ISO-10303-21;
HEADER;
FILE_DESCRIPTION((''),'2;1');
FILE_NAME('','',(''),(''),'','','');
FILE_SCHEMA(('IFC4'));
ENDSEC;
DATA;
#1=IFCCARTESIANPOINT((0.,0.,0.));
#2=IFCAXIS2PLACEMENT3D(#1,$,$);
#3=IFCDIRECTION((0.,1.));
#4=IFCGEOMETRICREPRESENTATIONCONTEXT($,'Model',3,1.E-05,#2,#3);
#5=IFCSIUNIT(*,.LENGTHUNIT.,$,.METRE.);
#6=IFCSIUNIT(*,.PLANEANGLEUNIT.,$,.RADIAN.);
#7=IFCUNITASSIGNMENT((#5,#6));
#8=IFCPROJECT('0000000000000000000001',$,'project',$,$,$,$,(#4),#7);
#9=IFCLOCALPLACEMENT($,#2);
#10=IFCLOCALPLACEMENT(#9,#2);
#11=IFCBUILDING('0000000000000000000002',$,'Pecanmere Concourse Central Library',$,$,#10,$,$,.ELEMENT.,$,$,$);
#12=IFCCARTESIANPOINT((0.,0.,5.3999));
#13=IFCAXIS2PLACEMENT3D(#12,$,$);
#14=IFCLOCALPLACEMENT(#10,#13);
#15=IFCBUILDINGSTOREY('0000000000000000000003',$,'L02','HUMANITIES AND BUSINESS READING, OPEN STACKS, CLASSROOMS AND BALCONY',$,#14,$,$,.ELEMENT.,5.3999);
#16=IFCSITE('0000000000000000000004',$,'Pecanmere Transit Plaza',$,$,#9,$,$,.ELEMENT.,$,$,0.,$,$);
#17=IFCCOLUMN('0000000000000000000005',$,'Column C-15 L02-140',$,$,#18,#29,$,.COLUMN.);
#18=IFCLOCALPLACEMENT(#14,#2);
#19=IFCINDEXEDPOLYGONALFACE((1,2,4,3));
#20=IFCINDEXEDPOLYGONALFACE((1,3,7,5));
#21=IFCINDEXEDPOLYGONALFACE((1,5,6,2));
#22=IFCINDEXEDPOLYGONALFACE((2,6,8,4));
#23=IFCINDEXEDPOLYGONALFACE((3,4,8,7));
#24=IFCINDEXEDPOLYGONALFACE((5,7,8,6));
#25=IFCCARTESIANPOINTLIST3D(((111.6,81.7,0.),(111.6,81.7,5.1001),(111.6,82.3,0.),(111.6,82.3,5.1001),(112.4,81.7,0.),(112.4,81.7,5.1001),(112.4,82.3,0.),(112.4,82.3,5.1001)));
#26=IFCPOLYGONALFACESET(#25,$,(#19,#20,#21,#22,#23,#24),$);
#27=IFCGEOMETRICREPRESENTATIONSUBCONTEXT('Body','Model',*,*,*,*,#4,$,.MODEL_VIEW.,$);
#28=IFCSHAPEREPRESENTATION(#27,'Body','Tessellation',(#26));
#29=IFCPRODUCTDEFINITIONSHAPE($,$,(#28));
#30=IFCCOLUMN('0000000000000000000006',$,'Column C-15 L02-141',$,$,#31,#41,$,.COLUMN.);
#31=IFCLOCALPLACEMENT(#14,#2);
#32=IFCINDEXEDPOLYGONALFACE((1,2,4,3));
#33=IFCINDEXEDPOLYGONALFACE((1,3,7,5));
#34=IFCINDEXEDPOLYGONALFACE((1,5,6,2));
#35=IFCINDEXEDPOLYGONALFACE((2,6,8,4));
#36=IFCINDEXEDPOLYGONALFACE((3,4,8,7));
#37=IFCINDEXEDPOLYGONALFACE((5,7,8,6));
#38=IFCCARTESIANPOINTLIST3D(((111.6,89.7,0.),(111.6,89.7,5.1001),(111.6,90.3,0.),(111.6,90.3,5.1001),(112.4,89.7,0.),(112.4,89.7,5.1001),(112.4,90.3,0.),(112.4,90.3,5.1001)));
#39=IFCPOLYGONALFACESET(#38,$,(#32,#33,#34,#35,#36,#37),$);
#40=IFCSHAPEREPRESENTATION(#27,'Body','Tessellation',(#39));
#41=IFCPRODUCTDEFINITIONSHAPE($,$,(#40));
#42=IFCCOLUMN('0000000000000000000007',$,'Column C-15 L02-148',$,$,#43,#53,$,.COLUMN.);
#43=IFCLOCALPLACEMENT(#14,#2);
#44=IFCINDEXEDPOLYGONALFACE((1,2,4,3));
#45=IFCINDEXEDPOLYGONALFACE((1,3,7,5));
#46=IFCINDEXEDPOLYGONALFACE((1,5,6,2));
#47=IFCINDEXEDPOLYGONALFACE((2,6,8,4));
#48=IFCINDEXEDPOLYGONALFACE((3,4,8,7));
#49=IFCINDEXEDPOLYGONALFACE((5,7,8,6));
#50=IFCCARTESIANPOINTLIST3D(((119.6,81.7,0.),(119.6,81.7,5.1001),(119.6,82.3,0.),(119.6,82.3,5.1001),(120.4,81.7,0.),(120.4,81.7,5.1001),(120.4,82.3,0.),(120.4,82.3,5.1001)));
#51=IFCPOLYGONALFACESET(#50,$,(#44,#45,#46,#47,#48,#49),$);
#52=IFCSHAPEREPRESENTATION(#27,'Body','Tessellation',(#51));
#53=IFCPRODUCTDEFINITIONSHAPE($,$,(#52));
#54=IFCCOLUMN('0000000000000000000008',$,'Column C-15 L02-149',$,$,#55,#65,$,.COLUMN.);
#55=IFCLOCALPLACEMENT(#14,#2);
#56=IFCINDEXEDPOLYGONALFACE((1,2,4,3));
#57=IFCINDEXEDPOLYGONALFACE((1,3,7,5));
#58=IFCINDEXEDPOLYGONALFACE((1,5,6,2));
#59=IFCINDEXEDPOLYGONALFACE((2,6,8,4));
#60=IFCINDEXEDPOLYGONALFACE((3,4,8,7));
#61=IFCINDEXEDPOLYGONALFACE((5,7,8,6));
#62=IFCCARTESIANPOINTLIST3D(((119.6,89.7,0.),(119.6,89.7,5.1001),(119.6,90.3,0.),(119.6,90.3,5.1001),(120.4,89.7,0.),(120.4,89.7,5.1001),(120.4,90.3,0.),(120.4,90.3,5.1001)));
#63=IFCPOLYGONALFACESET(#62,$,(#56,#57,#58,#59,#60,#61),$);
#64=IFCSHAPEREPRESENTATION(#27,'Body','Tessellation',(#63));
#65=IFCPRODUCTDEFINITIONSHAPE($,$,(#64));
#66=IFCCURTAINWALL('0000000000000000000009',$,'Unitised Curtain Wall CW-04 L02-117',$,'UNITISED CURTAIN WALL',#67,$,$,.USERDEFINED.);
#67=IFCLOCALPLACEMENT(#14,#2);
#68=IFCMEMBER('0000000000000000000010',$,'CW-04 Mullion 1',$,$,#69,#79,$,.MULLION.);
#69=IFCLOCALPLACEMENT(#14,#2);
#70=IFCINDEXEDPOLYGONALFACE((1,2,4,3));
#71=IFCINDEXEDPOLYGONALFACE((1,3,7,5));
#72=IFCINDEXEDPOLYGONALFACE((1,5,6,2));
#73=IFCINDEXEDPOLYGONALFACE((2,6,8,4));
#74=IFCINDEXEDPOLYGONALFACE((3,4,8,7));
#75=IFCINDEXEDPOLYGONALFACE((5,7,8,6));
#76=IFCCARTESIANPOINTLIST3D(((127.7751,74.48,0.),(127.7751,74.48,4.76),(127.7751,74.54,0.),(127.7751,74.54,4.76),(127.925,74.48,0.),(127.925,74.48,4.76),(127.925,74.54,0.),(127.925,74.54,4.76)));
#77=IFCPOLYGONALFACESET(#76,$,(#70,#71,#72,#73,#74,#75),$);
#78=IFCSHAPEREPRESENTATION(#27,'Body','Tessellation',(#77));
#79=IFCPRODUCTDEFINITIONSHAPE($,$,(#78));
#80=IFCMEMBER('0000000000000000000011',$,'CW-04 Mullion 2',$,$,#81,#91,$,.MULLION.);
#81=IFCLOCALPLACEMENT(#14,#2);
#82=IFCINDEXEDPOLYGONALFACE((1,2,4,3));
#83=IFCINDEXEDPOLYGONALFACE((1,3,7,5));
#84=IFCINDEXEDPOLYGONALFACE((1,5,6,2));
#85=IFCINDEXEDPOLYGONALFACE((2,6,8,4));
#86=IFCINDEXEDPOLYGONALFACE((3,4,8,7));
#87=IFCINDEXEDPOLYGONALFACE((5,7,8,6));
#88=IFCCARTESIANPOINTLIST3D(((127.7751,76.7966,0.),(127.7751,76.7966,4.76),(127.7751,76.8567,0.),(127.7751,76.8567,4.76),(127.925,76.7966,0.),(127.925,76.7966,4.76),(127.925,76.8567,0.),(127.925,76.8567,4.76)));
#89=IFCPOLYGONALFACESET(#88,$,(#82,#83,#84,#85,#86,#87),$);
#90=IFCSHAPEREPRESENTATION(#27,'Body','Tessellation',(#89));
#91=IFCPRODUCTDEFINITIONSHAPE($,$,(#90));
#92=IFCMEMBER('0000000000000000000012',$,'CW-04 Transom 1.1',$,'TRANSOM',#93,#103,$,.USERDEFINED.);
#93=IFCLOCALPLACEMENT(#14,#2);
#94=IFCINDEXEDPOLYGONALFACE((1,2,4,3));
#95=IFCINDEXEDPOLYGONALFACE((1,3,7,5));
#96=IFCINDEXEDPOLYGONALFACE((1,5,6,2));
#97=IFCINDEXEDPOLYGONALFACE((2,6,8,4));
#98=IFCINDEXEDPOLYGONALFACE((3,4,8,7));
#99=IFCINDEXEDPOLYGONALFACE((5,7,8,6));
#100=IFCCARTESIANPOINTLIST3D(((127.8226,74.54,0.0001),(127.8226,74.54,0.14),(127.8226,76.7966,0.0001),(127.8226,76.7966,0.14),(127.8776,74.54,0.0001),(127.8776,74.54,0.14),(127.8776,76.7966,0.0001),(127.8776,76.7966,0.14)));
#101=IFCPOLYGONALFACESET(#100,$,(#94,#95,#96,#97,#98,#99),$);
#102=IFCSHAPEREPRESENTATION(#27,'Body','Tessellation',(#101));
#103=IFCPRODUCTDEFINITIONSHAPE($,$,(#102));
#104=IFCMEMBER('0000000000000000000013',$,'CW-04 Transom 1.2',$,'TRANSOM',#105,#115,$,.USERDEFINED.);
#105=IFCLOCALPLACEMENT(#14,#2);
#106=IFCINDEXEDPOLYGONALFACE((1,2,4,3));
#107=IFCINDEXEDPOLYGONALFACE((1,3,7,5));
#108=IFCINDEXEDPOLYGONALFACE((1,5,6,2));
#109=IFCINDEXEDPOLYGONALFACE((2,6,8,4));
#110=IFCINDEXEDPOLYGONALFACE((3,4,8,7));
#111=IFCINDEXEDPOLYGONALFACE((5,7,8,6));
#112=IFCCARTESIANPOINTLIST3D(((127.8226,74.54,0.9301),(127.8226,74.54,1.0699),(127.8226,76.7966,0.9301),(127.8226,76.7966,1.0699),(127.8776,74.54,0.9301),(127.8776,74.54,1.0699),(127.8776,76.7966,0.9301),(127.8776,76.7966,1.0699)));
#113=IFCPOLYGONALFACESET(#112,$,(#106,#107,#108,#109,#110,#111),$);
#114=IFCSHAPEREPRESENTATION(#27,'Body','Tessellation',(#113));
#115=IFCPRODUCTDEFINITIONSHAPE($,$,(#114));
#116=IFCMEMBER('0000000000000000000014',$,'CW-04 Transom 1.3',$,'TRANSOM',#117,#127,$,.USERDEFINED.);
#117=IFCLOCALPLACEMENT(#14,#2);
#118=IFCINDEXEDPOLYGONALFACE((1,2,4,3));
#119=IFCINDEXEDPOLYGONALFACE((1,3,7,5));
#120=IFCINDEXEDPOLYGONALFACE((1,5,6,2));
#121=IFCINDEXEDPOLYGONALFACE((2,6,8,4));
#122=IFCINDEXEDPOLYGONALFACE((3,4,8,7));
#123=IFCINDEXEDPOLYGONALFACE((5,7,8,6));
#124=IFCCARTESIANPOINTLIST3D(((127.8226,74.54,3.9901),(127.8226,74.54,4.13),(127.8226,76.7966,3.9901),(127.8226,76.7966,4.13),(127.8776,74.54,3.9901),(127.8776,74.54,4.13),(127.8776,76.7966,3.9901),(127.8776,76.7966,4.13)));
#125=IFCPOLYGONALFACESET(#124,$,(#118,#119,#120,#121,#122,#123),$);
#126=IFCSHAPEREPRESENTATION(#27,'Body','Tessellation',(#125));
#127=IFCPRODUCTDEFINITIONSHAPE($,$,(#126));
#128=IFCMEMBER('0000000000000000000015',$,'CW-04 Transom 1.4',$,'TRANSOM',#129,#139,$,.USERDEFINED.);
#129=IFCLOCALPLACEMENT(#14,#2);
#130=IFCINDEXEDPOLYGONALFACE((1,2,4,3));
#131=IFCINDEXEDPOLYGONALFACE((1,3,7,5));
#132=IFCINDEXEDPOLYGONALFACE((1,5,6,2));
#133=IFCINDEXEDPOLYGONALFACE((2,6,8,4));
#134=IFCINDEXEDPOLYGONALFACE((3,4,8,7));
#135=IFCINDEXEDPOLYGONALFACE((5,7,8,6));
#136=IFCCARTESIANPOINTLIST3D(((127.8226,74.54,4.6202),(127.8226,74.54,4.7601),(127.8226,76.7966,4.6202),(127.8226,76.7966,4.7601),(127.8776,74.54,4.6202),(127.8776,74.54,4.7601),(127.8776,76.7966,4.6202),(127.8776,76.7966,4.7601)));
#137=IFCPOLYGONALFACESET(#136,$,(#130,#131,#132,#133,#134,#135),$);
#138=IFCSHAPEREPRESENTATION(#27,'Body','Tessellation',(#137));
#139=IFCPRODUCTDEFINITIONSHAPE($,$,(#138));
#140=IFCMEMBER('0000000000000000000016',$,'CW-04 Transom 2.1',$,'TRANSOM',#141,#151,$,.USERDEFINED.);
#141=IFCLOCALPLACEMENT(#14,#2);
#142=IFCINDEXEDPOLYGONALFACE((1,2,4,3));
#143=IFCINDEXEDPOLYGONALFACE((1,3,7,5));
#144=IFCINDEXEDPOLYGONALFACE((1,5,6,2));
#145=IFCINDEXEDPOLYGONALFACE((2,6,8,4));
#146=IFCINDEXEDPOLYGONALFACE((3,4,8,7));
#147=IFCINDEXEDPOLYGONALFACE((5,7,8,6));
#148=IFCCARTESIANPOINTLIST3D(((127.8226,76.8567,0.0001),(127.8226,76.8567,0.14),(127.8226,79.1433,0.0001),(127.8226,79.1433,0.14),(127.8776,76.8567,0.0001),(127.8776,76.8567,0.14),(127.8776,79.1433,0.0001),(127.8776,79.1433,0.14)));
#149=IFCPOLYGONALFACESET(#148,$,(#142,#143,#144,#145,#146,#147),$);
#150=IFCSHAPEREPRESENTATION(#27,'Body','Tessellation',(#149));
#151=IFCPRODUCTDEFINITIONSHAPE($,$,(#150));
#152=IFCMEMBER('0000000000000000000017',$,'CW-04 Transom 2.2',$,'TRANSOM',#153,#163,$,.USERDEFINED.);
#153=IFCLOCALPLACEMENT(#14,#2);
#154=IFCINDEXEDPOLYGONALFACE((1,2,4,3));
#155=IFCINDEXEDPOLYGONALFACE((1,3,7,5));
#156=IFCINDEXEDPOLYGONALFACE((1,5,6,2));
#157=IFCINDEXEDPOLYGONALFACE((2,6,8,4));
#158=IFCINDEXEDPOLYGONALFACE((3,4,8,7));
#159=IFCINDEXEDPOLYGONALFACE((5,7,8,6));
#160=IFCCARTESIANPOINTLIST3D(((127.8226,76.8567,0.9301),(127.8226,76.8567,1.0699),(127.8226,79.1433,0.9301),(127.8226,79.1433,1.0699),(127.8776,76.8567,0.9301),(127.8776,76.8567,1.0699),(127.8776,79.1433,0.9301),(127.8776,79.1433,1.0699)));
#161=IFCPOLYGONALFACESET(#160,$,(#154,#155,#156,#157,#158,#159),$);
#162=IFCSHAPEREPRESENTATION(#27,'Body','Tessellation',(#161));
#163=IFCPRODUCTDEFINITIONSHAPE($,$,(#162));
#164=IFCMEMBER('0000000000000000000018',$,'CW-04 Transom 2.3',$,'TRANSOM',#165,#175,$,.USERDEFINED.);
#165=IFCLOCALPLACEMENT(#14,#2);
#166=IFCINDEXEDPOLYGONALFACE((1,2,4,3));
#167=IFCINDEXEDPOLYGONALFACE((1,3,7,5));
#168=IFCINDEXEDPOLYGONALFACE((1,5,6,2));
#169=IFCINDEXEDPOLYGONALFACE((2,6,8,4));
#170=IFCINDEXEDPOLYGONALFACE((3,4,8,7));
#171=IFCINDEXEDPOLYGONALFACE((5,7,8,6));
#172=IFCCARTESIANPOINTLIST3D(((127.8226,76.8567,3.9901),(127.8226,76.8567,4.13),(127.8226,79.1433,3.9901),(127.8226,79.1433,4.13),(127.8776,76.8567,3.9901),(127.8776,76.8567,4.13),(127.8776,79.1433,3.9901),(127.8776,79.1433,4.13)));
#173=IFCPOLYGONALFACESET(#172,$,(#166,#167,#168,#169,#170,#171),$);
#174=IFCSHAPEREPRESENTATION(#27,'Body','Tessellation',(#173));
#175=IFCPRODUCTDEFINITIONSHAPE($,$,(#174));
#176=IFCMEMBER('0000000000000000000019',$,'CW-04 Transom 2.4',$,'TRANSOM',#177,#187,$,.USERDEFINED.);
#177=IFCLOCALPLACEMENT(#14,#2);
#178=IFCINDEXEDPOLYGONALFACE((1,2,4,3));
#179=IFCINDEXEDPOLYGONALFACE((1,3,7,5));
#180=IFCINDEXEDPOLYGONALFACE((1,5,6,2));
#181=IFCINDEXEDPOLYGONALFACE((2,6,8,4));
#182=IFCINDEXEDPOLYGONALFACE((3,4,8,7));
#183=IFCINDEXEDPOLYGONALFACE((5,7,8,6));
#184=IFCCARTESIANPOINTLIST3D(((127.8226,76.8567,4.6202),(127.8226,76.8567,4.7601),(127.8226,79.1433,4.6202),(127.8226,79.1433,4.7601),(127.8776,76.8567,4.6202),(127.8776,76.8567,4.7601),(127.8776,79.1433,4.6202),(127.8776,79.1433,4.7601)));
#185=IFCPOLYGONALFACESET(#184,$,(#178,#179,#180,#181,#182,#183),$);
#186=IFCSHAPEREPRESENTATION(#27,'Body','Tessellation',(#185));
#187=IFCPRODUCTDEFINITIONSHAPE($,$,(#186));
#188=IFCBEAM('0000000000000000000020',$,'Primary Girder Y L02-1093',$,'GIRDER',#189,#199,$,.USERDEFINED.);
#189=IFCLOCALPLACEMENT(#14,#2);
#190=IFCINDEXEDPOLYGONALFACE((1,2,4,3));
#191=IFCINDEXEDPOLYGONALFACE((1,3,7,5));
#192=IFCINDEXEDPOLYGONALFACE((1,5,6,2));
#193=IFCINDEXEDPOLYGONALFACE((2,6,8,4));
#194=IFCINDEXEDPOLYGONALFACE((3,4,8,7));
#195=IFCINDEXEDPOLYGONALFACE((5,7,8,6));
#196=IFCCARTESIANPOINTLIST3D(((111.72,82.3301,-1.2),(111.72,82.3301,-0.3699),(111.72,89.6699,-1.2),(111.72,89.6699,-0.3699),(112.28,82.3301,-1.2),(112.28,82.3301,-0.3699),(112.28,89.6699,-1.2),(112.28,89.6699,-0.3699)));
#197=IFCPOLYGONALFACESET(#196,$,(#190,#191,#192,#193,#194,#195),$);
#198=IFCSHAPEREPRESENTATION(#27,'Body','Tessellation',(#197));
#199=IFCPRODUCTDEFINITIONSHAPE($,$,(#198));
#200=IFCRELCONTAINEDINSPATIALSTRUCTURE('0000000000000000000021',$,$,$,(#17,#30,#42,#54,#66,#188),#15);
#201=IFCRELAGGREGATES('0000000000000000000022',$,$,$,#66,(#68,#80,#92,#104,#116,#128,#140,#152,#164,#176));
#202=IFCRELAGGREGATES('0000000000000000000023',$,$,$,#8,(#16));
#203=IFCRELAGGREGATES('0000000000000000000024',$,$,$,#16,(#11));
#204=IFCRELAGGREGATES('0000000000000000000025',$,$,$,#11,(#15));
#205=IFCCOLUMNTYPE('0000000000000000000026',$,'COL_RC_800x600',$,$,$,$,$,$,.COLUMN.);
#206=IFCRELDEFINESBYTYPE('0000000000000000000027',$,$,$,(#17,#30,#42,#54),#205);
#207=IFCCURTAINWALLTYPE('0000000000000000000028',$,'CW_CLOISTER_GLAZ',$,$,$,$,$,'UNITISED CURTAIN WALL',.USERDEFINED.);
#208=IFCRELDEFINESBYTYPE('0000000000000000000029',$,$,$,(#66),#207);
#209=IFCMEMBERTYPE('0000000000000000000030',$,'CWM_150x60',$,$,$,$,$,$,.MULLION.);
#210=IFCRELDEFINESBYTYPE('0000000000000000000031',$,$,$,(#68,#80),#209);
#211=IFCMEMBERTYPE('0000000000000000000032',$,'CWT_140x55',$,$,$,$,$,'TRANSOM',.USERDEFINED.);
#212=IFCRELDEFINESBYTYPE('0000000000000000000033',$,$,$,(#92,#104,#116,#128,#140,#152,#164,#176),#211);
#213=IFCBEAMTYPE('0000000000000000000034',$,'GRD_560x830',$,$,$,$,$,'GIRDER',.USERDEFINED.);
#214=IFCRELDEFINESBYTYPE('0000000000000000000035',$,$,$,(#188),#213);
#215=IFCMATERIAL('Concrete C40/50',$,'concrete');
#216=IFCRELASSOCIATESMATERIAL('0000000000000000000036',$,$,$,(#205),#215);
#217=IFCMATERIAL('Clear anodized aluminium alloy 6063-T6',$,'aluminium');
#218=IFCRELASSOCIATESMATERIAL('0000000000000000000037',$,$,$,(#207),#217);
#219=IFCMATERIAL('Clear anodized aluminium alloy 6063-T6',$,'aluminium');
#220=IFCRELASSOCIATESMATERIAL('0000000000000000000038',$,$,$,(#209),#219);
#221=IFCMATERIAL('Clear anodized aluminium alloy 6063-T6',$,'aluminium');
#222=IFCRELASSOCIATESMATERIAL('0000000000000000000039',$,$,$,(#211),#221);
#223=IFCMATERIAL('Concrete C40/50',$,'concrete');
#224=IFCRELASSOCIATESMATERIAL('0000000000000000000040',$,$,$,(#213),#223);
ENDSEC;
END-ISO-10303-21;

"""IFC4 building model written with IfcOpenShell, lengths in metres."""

from ifc_helpers import new_model, si_unit, direction, frame, origin, origin_2d, place, context, subcontext, project, spatial, rectangle, extrude, material, material_profile, profile_set, type_object, element, aggregate, save


model = new_model("IFC4")

# Units and contexts
model_context = context("Model", 3, precision=1e-05, world=origin(), true_north=direction((0.0, 1.0)))
body_context = subcontext(model_context, "Body", "Model", "MODEL_VIEW")
ifc_project = project(units=[si_unit("LENGTHUNIT", "METRE"), si_unit("PLANEANGLEUNIT", "RADIAN")], contexts=[model_context])

# Site, building, storey
site_placement = place(None, origin())
site = spatial("IfcSite", under=ifc_project, at=site_placement, Name="Pecanmere Transit Plaza", CompositionType="ELEMENT", RefElevation=0.0)
building_placement = place(site_placement, origin())
building = spatial("IfcBuilding", under=site, at=building_placement, Name="Pecanmere Concourse Central Library", CompositionType="ELEMENT")
storey_placement = place(building_placement, frame((0.0, 0.0, 5.3999)))
storey = spatial("IfcBuildingStorey", under=building, at=storey_placement, Name="L02", Description="HUMANITIES AND BUSINESS READING, OPEN STACKS, CLASSROOMS AND BALCONY", CompositionType="ELEMENT", Elevation=5.3999)

# Columns
ifc_material_1 = material(Name="Concrete C40/50", Category="concrete")
ifc_material_profile_1 = material_profile(ifc_material_1, rectangle(XDim=0.8, YDim=0.6001, at=origin_2d()), Name="RC 800x600")
ifc_profile_set_1 = profile_set([ifc_material_profile_1], Name="Concrete C40/50")
column_type = type_object("IfcColumnType", Name="COL_RC_800x600", PredefinedType="COLUMN", material=ifc_profile_set_1)
for number, where, z_axis, x_axis, name in (
    (1, (112.0, 82.0, 0.0), (0.0, 0.0, 1.0), (1.0, 0.0, 0.0), "Column C-15 L02-140"),
    (2, (112.0, 90.0, 0.0), (0.0, 0.0, 1.0), (1.0, 0.0, 0.0), "Column C-15 L02-141"),
    (3, (120.0, 82.0, 0.0), (0.0, 0.0, 1.0), (1.0, 0.0, 0.0), "Column C-15 L02-148"),
    (4, (120.0, 90.0, 0.0), (0.0, 0.0, 1.0), (1.0, 0.0, 0.0), "Column C-15 L02-149"),
):
    element("IfcColumn", number, at=place(storey_placement, frame(where, z_axis=z_axis, x_axis=x_axis)), inside=storey, type_object=column_type, Name=name, PredefinedType="COLUMN", context=body_context, shape_type="SweptSolid", body=[
        extrude(rectangle(XDim=0.8, YDim=0.6001, at=origin_2d()), origin(), (0.0, 0.0, 1.0), 5.1001),
    ])

# Curtain wall, members
ifc_material_2 = material(Name="Clear anodized aluminium alloy 6063-T6", Category="aluminium")
curtain_wall_type = type_object("IfcCurtainWallType", Name="CW_CLOISTER_GLAZ", ElementType="UNITISED CURTAIN WALL", PredefinedType="USERDEFINED", material=ifc_material_2)
curtain_wall_placement = place(storey_placement, origin())
curtain_wall = element("IfcCurtainWall", 5, at=curtain_wall_placement, inside=storey, type_object=curtain_wall_type, Name="Unitised Curtain Wall CW-04 L02-117", ObjectType="UNITISED CURTAIN WALL", PredefinedType="USERDEFINED")
ifc_material_3 = material(Name="Clear anodized aluminium alloy 6063-T6", Category="aluminium")
ifc_material_profile_2 = material_profile(ifc_material_3, rectangle(XDim=0.0601, YDim=0.1499, at=origin_2d()), Name="AL 60x150")
ifc_profile_set_2 = profile_set([ifc_material_profile_2], Name="Clear anodized aluminium alloy 6063-T6")
member_type_1 = type_object("IfcMemberType", Name="CWM_150x60", PredefinedType="MULLION", material=ifc_profile_set_2)
member_1_placement = place(storey_placement, frame((127.8501, 74.51, 0.0), z_axis=(0.0, 0.0, 1.0), x_axis=(0.0, 1.0, 0.0)))
member_1 = element("IfcMember", 6, at=member_1_placement, type_object=member_type_1, Name="CW-04 Mullion 1", PredefinedType="MULLION", context=body_context, shape_type="SweptSolid", body=[
    extrude(rectangle(XDim=0.0601, YDim=0.1499, at=origin_2d()), origin(), (0.0, 0.0, 1.0), 4.76),
])
member_2_placement = place(storey_placement, frame((127.8501, 76.8267, 0.0), z_axis=(0.0, 0.0, 1.0), x_axis=(0.0, 1.0, 0.0)))
member_2 = element("IfcMember", 7, at=member_2_placement, type_object=member_type_1, Name="CW-04 Mullion 2", PredefinedType="MULLION", context=body_context, shape_type="SweptSolid", body=[
    extrude(rectangle(XDim=0.0601, YDim=0.1499, at=origin_2d()), origin(), (0.0, 0.0, 1.0), 4.76),
])
ifc_material_4 = material(Name="Clear anodized aluminium alloy 6063-T6", Category="aluminium")
ifc_material_profile_3 = material_profile(ifc_material_4, rectangle(XDim=0.0549, YDim=0.1399, at=origin_2d()), Name="AL 55x140")
ifc_profile_set_3 = profile_set([ifc_material_profile_3], Name="Clear anodized aluminium alloy 6063-T6")
member_type_2 = type_object("IfcMemberType", Name="CWT_140x55", ElementType="TRANSOM", PredefinedType="USERDEFINED", material=ifc_profile_set_3)
member_3_placement = place(storey_placement, frame((127.8501, 74.54, 0.0701), z_axis=(0.0, 1.0, 0.0), x_axis=(-1.0, 0.0, 0.0)))
member_3 = element("IfcMember", 8, at=member_3_placement, type_object=member_type_2, Name="CW-04 Transom 1.1", ObjectType="TRANSOM", PredefinedType="USERDEFINED", context=body_context, shape_type="SweptSolid", body=[
    extrude(rectangle(XDim=0.0549, YDim=0.1399, at=origin_2d()), origin(), (0.0, 0.0, 1.0), 2.2566),
])
member_4_placement = place(storey_placement, frame((127.8501, 74.54, 1.0), z_axis=(0.0, 1.0, 0.0), x_axis=(-1.0, 0.0, 0.0)))
member_4 = element("IfcMember", 9, at=member_4_placement, type_object=member_type_2, Name="CW-04 Transom 1.2", ObjectType="TRANSOM", PredefinedType="USERDEFINED", context=body_context, shape_type="SweptSolid", body=[
    extrude(rectangle(XDim=0.0549, YDim=0.1399, at=origin_2d()), origin(), (0.0, 0.0, 1.0), 2.2566),
])
member_5_placement = place(storey_placement, frame((127.8501, 74.54, 4.0601), z_axis=(0.0, 1.0, 0.0), x_axis=(-1.0, 0.0, 0.0)))
member_5 = element("IfcMember", 10, at=member_5_placement, type_object=member_type_2, Name="CW-04 Transom 1.3", ObjectType="TRANSOM", PredefinedType="USERDEFINED", context=body_context, shape_type="SweptSolid", body=[
    extrude(rectangle(XDim=0.0549, YDim=0.1399, at=origin_2d()), origin(), (0.0, 0.0, 1.0), 2.2566),
])
member_6_placement = place(storey_placement, frame((127.8501, 74.54, 4.6902), z_axis=(0.0, 1.0, 0.0), x_axis=(-1.0, 0.0, 0.0)))
member_6 = element("IfcMember", 11, at=member_6_placement, type_object=member_type_2, Name="CW-04 Transom 1.4", ObjectType="TRANSOM", PredefinedType="USERDEFINED", context=body_context, shape_type="SweptSolid", body=[
    extrude(rectangle(XDim=0.0549, YDim=0.1399, at=origin_2d()), origin(), (0.0, 0.0, 1.0), 2.2566),
])
member_7_placement = place(storey_placement, frame((127.8501, 76.8567, 0.0701), z_axis=(0.0, 1.0, 0.0), x_axis=(-1.0, 0.0, 0.0)))
member_7 = element("IfcMember", 12, at=member_7_placement, type_object=member_type_2, Name="CW-04 Transom 2.1", ObjectType="TRANSOM", PredefinedType="USERDEFINED", context=body_context, shape_type="SweptSolid", body=[
    extrude(rectangle(XDim=0.0549, YDim=0.1399, at=origin_2d()), origin(), (0.0, 0.0, 1.0), 2.2866),
])
member_8_placement = place(storey_placement, frame((127.8501, 76.8567, 1.0), z_axis=(0.0, 1.0, 0.0), x_axis=(-1.0, 0.0, 0.0)))
member_8 = element("IfcMember", 13, at=member_8_placement, type_object=member_type_2, Name="CW-04 Transom 2.2", ObjectType="TRANSOM", PredefinedType="USERDEFINED", context=body_context, shape_type="SweptSolid", body=[
    extrude(rectangle(XDim=0.0549, YDim=0.1399, at=origin_2d()), origin(), (0.0, 0.0, 1.0), 2.2866),
])
member_9_placement = place(storey_placement, frame((127.8501, 76.8567, 4.0601), z_axis=(0.0, 1.0, 0.0), x_axis=(-1.0, 0.0, 0.0)))
member_9 = element("IfcMember", 14, at=member_9_placement, type_object=member_type_2, Name="CW-04 Transom 2.3", ObjectType="TRANSOM", PredefinedType="USERDEFINED", context=body_context, shape_type="SweptSolid", body=[
    extrude(rectangle(XDim=0.0549, YDim=0.1399, at=origin_2d()), origin(), (0.0, 0.0, 1.0), 2.2866),
])
member_10_placement = place(storey_placement, frame((127.8501, 76.8567, 4.6902), z_axis=(0.0, 1.0, 0.0), x_axis=(-1.0, 0.0, 0.0)))
member_10 = element("IfcMember", 15, at=member_10_placement, type_object=member_type_2, Name="CW-04 Transom 2.4", ObjectType="TRANSOM", PredefinedType="USERDEFINED", context=body_context, shape_type="SweptSolid", body=[
    extrude(rectangle(XDim=0.0549, YDim=0.1399, at=origin_2d()), origin(), (0.0, 0.0, 1.0), 2.2866),
])

# Beam
ifc_material_5 = material(Name="Concrete C40/50", Category="concrete")
ifc_material_profile_4 = material_profile(ifc_material_5, rectangle(XDim=0.5601, YDim=0.8301, at=origin_2d()), Name="RC 560x830")
ifc_profile_set_4 = profile_set([ifc_material_profile_4], Name="Concrete C40/50")
beam_type_1 = type_object("IfcBeamType", Name="GRD_560x830", ElementType="GIRDER", PredefinedType="USERDEFINED", material=ifc_profile_set_4)
for number, where, z_axis, x_axis, name in (
    (16, (112.0, 82.3301, -0.7849), (0.0, 1.0, 0.0), (-1.0, 0.0, 0.0), "Primary Girder Y L02-1093"),
):
    element("IfcBeam", number, at=place(storey_placement, frame(where, z_axis=z_axis, x_axis=x_axis)), inside=storey, type_object=beam_type_1, Name=name, ObjectType="GIRDER", PredefinedType="USERDEFINED", context=body_context, shape_type="SweptSolid", body=[
        extrude(rectangle(XDim=0.5601, YDim=0.8301, at=origin_2d()), origin(), (0.0, 0.0, 1.0), 7.3398),
    ])

aggregate(curtain_wall, [member_1, member_2, member_3, member_4, member_5, member_6, member_7, member_8, member_9, member_10])

save(model, "model.ifc")
